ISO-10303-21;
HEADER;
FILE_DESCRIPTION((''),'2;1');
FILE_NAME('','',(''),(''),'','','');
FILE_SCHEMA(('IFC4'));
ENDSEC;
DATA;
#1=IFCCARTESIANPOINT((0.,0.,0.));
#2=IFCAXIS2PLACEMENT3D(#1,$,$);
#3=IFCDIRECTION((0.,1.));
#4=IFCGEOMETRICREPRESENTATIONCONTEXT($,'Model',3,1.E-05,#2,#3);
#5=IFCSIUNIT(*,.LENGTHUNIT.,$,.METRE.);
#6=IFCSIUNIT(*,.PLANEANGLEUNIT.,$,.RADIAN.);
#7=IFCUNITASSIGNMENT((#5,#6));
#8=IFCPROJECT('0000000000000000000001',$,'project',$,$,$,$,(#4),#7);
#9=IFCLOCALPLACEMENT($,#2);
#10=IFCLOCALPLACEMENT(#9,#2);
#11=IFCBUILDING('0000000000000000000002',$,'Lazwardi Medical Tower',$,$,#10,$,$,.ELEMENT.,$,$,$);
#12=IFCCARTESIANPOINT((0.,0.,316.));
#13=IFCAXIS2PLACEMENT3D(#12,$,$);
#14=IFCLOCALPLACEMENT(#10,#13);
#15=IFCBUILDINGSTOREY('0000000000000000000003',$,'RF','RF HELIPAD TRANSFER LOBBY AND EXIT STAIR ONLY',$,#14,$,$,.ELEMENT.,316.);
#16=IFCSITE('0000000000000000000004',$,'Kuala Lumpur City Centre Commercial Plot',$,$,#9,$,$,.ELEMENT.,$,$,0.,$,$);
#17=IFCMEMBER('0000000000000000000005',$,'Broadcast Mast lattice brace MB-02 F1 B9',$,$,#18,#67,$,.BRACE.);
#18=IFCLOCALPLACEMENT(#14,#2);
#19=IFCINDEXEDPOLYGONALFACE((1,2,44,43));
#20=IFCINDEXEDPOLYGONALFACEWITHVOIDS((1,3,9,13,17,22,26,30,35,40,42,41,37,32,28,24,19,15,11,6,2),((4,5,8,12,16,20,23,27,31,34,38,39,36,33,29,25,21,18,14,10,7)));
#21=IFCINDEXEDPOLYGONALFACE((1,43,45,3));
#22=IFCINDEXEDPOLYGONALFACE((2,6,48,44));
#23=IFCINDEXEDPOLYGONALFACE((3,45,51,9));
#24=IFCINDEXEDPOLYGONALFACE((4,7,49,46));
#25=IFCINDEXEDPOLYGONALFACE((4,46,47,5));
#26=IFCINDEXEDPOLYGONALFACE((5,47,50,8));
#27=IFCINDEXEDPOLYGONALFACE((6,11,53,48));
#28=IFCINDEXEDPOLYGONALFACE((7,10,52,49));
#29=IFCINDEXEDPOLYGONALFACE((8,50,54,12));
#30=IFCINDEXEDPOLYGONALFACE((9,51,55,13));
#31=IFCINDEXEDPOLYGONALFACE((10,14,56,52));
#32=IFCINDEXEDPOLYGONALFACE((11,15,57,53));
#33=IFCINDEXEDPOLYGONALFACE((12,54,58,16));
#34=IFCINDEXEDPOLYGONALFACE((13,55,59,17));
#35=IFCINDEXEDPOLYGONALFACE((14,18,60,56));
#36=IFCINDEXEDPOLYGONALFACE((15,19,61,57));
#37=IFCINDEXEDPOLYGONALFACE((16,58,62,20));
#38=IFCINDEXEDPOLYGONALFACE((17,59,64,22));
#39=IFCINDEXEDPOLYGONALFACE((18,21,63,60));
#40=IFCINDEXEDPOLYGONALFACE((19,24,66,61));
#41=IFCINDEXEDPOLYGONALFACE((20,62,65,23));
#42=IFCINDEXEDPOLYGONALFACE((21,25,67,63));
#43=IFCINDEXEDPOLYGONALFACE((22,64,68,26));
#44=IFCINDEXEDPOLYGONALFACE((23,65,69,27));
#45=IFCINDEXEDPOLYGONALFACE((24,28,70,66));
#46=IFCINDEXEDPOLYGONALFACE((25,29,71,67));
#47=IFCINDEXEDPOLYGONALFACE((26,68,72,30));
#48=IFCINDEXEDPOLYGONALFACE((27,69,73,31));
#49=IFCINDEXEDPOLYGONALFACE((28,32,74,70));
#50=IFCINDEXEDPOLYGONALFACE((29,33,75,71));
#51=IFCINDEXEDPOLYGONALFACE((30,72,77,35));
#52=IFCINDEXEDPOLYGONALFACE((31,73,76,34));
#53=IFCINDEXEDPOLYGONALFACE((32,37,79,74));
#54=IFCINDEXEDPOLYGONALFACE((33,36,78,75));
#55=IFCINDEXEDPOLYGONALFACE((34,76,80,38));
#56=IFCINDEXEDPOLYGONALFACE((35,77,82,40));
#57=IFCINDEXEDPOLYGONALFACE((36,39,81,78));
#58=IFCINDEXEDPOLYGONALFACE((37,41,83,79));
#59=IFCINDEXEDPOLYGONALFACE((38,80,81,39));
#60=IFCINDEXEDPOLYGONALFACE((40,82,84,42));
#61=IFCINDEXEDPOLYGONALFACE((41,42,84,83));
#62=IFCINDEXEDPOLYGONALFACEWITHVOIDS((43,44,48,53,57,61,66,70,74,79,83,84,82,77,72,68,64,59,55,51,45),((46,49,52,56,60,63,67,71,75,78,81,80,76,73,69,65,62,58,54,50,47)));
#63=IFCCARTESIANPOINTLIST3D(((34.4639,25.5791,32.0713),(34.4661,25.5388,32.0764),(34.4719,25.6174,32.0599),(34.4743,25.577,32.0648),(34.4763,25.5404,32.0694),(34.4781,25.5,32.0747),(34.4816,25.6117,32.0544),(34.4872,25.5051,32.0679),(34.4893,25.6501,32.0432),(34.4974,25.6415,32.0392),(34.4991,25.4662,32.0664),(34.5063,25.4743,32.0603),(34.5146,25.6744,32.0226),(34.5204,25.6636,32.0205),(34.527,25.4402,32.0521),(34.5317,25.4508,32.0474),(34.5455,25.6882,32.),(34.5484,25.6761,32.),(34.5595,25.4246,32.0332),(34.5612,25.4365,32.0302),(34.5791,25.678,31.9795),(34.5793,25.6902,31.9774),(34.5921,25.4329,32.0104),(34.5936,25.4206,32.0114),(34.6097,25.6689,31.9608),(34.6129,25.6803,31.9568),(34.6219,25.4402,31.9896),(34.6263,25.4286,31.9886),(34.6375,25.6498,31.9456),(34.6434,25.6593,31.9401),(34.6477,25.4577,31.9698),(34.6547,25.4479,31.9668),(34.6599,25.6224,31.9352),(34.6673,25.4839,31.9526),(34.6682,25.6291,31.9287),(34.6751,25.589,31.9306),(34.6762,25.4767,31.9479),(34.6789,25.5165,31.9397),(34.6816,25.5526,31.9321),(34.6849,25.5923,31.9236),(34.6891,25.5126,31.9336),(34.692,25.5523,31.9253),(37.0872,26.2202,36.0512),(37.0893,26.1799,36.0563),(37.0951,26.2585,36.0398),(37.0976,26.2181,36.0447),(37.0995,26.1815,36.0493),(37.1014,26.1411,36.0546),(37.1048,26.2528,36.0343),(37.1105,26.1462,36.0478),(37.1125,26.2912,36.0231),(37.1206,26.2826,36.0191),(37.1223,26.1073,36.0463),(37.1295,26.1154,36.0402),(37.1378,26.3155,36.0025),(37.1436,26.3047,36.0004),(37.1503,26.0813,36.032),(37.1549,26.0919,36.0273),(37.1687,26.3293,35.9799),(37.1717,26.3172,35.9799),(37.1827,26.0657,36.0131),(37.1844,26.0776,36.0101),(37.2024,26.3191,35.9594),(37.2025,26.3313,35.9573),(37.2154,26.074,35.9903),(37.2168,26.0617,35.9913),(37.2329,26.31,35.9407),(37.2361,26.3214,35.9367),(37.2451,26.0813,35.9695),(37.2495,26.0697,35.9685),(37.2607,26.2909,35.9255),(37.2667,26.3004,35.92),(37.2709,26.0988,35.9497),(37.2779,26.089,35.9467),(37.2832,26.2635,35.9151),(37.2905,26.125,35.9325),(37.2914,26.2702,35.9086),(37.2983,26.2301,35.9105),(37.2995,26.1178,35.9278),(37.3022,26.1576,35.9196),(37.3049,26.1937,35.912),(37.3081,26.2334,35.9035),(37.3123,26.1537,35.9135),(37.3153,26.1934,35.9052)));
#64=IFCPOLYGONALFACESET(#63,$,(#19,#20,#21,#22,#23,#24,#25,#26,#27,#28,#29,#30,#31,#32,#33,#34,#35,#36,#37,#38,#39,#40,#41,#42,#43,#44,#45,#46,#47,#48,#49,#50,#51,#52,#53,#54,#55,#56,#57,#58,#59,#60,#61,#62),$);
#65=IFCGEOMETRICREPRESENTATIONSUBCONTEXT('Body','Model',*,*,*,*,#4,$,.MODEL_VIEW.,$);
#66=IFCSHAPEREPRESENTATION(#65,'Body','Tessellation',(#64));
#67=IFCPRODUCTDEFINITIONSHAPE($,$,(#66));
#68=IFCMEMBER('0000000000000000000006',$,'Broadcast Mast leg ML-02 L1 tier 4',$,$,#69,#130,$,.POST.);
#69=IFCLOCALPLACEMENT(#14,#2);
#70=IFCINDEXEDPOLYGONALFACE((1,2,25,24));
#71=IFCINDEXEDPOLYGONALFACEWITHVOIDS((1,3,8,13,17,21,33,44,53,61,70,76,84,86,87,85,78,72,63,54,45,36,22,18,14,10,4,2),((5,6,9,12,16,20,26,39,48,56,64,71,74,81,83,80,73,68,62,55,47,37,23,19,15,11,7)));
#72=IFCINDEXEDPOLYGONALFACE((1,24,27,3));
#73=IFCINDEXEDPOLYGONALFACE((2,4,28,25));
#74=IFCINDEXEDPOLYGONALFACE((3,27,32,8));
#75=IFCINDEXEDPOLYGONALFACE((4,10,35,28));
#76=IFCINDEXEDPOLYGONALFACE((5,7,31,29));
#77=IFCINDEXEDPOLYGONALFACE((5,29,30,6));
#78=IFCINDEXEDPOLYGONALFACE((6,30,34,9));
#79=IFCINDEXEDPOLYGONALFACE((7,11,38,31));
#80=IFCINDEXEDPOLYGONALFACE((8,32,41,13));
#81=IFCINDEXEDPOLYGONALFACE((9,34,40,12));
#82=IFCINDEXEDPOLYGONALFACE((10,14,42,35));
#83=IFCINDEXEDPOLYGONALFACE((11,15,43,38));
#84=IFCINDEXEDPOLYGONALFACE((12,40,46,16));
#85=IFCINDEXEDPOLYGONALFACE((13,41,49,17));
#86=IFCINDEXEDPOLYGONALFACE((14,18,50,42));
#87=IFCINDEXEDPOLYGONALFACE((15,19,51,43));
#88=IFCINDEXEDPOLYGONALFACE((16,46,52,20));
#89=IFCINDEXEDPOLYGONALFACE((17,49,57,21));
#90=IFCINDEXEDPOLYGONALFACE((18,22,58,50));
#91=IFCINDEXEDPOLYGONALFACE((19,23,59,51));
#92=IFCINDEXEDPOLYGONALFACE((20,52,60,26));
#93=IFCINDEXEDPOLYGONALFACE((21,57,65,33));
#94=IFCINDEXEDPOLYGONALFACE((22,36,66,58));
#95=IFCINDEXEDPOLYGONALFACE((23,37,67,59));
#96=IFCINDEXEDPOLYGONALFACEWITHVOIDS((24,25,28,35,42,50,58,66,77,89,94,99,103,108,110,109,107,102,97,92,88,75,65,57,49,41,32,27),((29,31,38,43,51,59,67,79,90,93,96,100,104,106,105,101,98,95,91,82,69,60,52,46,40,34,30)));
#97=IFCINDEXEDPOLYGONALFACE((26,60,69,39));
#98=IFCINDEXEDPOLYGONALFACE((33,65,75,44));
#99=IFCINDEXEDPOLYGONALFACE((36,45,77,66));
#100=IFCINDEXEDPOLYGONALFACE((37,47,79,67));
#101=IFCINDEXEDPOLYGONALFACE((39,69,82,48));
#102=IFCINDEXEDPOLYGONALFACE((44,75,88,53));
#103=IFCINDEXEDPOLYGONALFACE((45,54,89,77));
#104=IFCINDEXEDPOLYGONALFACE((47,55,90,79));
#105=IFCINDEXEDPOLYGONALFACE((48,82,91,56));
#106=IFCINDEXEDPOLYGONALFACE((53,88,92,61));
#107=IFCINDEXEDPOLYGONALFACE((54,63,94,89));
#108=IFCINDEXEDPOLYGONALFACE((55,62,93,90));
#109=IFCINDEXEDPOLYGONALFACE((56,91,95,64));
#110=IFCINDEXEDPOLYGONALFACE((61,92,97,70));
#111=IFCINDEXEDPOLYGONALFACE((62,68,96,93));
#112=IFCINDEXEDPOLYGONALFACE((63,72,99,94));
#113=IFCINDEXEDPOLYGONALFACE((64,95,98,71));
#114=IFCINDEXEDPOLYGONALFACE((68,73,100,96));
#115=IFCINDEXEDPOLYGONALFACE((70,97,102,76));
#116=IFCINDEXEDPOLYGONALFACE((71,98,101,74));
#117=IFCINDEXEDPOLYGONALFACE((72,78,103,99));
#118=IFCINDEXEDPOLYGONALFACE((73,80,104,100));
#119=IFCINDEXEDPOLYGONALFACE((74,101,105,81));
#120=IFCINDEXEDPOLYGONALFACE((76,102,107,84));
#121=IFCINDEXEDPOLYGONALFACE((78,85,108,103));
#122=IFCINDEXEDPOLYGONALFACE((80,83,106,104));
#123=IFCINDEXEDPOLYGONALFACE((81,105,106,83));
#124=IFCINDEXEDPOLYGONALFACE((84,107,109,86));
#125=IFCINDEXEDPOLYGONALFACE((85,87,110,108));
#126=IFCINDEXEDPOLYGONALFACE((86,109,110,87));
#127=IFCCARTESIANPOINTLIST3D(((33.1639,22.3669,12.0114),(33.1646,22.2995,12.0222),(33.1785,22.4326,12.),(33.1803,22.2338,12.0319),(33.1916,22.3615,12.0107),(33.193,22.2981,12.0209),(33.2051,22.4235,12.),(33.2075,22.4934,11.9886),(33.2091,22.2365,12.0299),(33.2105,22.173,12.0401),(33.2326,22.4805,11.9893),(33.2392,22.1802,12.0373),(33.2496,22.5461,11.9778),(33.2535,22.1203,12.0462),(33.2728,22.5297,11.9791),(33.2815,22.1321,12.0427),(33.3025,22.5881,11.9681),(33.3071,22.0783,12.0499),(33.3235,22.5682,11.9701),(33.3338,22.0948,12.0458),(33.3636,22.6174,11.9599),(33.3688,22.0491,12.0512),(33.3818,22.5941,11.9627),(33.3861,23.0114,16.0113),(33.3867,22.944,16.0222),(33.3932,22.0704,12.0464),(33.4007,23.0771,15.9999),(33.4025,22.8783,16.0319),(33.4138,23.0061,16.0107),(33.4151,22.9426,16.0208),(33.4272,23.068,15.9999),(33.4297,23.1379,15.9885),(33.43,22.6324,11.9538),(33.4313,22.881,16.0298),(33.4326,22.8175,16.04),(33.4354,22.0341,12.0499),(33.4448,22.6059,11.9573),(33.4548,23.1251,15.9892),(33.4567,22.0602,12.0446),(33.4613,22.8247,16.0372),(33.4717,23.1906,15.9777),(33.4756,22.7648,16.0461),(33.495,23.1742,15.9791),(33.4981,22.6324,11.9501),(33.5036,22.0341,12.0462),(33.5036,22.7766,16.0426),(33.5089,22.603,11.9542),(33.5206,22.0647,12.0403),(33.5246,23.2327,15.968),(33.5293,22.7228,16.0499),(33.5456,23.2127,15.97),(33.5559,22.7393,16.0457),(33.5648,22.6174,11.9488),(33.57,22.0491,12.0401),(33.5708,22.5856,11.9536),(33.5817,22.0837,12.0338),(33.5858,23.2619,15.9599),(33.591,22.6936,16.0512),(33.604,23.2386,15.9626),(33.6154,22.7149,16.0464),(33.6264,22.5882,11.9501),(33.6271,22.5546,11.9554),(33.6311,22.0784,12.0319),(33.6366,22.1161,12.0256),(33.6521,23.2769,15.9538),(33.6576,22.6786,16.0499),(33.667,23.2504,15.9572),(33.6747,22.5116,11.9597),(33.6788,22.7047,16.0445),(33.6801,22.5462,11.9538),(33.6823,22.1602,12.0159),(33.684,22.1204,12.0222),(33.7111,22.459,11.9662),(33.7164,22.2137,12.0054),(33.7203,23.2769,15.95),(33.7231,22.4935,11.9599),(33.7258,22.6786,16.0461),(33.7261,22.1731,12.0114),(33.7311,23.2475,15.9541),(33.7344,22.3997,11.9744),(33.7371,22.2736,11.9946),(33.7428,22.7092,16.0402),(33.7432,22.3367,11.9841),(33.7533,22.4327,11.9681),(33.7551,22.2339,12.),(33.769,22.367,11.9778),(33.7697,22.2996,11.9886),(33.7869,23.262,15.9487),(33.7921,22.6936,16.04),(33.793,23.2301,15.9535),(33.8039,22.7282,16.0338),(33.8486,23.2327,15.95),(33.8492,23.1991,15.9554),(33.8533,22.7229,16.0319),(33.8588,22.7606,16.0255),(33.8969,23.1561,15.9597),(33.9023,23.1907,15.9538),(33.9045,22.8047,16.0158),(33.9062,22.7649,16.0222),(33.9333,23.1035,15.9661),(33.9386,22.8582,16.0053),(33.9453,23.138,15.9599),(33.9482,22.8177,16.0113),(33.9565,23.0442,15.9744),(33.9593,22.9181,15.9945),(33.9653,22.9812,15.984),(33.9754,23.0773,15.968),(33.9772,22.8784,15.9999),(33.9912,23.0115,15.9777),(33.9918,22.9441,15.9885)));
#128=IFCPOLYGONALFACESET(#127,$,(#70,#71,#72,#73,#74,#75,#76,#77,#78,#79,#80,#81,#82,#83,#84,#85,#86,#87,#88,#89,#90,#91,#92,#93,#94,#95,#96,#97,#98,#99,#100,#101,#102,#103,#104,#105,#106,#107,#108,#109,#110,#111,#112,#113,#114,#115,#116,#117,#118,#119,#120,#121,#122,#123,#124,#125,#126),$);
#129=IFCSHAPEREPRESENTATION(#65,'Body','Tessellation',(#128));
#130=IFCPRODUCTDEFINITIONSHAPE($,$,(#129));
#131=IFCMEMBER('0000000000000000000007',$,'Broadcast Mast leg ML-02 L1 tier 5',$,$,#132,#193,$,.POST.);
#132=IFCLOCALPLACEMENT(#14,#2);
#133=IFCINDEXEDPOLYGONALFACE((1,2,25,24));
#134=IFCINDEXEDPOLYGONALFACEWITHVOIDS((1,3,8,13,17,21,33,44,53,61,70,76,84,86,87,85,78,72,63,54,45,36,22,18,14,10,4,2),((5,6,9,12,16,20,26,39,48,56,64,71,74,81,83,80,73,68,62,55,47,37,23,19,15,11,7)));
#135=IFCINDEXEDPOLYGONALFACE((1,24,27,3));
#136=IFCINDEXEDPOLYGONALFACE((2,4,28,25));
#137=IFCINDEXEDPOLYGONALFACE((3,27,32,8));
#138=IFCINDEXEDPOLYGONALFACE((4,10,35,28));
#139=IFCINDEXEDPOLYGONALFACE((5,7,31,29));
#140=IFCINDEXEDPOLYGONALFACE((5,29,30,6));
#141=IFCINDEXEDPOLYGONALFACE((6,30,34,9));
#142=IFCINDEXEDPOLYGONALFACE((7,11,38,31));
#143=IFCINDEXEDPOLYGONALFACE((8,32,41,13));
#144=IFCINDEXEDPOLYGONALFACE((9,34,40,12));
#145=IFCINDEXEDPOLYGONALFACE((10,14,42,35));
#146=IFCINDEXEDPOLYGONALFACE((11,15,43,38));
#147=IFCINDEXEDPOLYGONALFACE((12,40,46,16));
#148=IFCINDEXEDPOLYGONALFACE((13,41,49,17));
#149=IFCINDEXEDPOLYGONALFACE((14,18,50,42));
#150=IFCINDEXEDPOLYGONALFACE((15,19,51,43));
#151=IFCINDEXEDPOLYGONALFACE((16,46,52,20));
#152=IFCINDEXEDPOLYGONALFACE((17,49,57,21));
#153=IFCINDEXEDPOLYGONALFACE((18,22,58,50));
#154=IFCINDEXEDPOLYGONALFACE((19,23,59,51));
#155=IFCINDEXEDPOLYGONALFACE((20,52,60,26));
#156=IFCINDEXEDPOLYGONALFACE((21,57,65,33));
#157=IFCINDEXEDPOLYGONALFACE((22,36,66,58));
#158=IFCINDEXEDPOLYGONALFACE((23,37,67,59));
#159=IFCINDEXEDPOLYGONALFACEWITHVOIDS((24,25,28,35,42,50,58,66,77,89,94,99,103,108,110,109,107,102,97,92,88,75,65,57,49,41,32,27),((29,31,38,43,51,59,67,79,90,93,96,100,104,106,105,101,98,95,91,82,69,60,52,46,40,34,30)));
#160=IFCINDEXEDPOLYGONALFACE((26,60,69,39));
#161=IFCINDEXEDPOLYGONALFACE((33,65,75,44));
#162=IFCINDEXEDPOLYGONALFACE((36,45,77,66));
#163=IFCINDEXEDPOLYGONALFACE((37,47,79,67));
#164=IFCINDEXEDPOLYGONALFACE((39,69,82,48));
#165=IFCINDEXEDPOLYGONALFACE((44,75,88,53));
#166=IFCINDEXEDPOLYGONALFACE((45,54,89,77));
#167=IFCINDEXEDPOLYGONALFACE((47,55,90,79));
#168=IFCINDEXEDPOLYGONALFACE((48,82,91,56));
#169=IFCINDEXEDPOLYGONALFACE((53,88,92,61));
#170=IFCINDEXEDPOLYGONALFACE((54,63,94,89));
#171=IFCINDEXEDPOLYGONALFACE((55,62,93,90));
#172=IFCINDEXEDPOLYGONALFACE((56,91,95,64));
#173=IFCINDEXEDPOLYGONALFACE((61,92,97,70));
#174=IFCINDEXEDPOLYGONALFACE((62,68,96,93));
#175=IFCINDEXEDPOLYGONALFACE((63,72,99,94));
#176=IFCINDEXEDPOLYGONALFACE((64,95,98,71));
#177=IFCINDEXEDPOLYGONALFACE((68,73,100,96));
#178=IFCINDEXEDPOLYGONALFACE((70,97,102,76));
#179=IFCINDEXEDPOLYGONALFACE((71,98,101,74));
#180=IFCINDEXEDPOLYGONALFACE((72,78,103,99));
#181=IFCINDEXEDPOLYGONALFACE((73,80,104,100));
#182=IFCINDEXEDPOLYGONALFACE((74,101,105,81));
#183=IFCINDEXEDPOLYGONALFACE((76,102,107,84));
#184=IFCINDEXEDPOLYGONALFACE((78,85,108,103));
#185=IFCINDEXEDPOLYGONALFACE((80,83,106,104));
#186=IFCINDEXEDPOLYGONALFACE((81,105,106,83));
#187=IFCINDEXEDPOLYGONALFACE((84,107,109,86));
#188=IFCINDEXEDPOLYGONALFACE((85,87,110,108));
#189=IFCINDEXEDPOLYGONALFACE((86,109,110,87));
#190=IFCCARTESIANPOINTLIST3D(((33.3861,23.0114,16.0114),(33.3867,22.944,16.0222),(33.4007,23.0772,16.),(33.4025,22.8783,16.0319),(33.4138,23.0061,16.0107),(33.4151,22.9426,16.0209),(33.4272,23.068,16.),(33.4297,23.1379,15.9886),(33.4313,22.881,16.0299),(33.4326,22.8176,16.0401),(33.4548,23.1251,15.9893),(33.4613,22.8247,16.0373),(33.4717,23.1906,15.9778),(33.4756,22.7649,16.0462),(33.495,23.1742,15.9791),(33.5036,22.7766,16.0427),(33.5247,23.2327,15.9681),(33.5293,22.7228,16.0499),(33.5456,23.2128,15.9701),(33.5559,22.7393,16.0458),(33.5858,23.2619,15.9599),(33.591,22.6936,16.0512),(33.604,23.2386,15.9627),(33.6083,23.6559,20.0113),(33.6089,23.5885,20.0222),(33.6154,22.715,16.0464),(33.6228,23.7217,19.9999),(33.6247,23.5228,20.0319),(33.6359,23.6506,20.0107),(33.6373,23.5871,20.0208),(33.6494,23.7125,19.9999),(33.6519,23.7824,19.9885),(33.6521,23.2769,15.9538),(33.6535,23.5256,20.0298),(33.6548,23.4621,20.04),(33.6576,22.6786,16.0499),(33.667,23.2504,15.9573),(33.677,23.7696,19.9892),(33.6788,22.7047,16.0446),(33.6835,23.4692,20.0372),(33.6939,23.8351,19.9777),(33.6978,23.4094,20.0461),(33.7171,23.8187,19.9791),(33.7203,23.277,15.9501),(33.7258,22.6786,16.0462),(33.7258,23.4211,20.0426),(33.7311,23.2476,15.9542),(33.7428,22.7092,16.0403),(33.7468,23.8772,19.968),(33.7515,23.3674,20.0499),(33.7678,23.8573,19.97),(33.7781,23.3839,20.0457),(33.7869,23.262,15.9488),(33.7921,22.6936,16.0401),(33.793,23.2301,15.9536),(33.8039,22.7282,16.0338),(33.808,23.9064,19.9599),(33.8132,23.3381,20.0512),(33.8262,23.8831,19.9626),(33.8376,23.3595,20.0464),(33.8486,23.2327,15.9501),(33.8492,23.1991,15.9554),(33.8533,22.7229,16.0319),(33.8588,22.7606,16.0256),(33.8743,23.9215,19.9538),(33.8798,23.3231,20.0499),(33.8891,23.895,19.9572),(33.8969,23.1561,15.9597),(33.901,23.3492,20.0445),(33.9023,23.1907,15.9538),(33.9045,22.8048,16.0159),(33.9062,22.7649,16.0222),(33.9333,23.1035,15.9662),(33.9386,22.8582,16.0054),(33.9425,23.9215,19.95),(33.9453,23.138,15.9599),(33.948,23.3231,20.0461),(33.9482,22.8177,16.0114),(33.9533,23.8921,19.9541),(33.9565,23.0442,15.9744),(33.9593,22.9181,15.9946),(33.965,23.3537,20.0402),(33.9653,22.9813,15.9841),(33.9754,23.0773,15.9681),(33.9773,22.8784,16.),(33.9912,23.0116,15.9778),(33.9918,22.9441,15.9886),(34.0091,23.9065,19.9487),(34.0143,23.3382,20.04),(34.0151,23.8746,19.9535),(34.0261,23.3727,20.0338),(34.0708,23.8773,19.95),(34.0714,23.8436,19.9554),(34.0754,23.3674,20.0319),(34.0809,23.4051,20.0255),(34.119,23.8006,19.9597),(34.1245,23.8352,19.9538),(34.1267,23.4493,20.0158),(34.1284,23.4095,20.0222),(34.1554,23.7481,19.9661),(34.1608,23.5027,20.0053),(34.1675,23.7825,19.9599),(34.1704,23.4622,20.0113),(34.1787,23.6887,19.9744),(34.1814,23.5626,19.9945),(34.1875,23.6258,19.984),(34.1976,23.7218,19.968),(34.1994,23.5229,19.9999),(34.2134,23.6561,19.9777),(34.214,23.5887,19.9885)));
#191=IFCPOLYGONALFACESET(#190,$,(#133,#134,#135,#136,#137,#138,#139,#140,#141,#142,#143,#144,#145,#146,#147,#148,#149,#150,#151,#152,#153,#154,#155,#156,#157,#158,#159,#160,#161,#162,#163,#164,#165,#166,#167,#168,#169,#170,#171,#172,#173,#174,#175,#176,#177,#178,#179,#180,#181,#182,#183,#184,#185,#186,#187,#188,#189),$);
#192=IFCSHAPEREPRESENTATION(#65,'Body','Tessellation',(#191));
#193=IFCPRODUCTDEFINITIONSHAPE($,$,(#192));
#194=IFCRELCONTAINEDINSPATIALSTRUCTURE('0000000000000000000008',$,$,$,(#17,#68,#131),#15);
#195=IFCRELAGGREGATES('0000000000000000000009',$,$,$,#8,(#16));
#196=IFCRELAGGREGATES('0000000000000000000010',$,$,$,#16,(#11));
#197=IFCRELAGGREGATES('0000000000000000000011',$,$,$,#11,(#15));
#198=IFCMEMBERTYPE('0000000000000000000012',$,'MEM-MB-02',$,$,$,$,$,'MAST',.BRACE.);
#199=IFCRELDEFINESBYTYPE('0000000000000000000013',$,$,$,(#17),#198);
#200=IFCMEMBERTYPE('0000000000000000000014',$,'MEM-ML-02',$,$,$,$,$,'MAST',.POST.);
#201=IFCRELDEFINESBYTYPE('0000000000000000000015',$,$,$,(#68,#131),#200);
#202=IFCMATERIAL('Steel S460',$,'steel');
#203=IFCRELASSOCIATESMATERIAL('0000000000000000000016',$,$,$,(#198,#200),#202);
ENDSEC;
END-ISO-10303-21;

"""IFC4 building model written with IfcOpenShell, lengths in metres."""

from ifc_helpers import new_model, si_unit, direction, frame, origin, origin_2d, place, context, subcontext, project, spatial, hollow_circle, extrude, material, material_profile, profile_set, type_object, element, save


model = new_model("IFC4")

# Units and contexts
model_context = context("Model", 3, precision=1e-05, world=origin(), true_north=direction((0.0, 1.0)))
body_context = subcontext(model_context, "Body", "Model", "MODEL_VIEW")
ifc_project = project(units=[si_unit("LENGTHUNIT", "METRE"), si_unit("PLANEANGLEUNIT", "RADIAN")], contexts=[model_context])

# Site, building, storey
site_placement = place(None, origin())
site = spatial("IfcSite", under=ifc_project, at=site_placement, Name="Kuala Lumpur City Centre Commercial Plot", CompositionType="ELEMENT", RefElevation=0.0)
building_placement = place(site_placement, origin())
building = spatial("IfcBuilding", under=site, at=building_placement, Name="Lazwardi Medical Tower", CompositionType="ELEMENT")
storey_placement = place(building_placement, frame((0.0, 0.0, 316.0)))
storey = spatial("IfcBuildingStorey", under=building, at=storey_placement, Name="RF", Description="RF HELIPAD TRANSFER LOBBY AND EXIT STAIR ONLY", CompositionType="ELEMENT", Elevation=316.0)

# Members
ifc_material = material(Name="Steel S460", Category="steel")
ifc_material_profile_1 = material_profile(ifc_material, hollow_circle(Radius=0.1365, WallThickness=0.0125, at=origin_2d()), Name="CHS 273x12.5")
ifc_profile_set_1 = profile_set([ifc_material_profile_1], Name="Steel S460")
member_type_1 = type_object("IfcMemberType", Name="MEM-MB-02", ElementType="MAST", PredefinedType="BRACE", material=ifc_profile_set_1)
member_1_placement = place(storey_placement, frame((34.5779, 25.5557, 32.0), z_axis=(0.54542, 0.133297, 0.827496), x_axis=(-0.237406, 0.971411, 0.0)))
element("IfcMember", 1, at=member_1_placement, inside=storey, type_object=member_type_1, Name="Broadcast Mast lattice brace MB-02 F1 B9", PredefinedType="BRACE", context=body_context, shape_type="SweptSolid", body=[
    extrude(hollow_circle(Radius=0.1365, WallThickness=0.0125, at=origin_2d()), origin(), (0.0, 0.0, 1.0), 4.8096),
])
ifc_material_profile_2 = material_profile(ifc_material, hollow_circle(Radius=0.3049, WallThickness=0.0281, at=origin_2d()), Name="CHS 610x28")
ifc_profile_set_2 = profile_set([ifc_material_profile_2], Name="Steel S460")
member_type_2 = type_object("IfcMemberType", Name="MEM-ML-02", ElementType="MAST", PredefinedType="POST", material=ifc_profile_set_2)
for number, where, z_axis, x_axis, name in (
    (2, (33.4668, 22.3333, 12.0), (0.054752, 0.158842, 0.985785), (-0.945411, 0.32588, 0.0), "Broadcast Mast leg ML-02 L1 tier 4"),
    (3, (33.689, 22.9778, 16.0), (0.054752, 0.158842, 0.985785), (-0.945411, 0.32588, 0.0), "Broadcast Mast leg ML-02 L1 tier 5"),
):
    element("IfcMember", number, at=place(storey_placement, frame(where, z_axis=z_axis, x_axis=x_axis)), inside=storey, type_object=member_type_2, Name=name, PredefinedType="POST", context=body_context, shape_type="SweptSolid", body=[
        extrude(hollow_circle(Radius=0.3049, WallThickness=0.0281, at=origin_2d()), origin(), (0.0, 0.0, 1.0), 4.0576),
    ])

save(model, "model.ifc")
